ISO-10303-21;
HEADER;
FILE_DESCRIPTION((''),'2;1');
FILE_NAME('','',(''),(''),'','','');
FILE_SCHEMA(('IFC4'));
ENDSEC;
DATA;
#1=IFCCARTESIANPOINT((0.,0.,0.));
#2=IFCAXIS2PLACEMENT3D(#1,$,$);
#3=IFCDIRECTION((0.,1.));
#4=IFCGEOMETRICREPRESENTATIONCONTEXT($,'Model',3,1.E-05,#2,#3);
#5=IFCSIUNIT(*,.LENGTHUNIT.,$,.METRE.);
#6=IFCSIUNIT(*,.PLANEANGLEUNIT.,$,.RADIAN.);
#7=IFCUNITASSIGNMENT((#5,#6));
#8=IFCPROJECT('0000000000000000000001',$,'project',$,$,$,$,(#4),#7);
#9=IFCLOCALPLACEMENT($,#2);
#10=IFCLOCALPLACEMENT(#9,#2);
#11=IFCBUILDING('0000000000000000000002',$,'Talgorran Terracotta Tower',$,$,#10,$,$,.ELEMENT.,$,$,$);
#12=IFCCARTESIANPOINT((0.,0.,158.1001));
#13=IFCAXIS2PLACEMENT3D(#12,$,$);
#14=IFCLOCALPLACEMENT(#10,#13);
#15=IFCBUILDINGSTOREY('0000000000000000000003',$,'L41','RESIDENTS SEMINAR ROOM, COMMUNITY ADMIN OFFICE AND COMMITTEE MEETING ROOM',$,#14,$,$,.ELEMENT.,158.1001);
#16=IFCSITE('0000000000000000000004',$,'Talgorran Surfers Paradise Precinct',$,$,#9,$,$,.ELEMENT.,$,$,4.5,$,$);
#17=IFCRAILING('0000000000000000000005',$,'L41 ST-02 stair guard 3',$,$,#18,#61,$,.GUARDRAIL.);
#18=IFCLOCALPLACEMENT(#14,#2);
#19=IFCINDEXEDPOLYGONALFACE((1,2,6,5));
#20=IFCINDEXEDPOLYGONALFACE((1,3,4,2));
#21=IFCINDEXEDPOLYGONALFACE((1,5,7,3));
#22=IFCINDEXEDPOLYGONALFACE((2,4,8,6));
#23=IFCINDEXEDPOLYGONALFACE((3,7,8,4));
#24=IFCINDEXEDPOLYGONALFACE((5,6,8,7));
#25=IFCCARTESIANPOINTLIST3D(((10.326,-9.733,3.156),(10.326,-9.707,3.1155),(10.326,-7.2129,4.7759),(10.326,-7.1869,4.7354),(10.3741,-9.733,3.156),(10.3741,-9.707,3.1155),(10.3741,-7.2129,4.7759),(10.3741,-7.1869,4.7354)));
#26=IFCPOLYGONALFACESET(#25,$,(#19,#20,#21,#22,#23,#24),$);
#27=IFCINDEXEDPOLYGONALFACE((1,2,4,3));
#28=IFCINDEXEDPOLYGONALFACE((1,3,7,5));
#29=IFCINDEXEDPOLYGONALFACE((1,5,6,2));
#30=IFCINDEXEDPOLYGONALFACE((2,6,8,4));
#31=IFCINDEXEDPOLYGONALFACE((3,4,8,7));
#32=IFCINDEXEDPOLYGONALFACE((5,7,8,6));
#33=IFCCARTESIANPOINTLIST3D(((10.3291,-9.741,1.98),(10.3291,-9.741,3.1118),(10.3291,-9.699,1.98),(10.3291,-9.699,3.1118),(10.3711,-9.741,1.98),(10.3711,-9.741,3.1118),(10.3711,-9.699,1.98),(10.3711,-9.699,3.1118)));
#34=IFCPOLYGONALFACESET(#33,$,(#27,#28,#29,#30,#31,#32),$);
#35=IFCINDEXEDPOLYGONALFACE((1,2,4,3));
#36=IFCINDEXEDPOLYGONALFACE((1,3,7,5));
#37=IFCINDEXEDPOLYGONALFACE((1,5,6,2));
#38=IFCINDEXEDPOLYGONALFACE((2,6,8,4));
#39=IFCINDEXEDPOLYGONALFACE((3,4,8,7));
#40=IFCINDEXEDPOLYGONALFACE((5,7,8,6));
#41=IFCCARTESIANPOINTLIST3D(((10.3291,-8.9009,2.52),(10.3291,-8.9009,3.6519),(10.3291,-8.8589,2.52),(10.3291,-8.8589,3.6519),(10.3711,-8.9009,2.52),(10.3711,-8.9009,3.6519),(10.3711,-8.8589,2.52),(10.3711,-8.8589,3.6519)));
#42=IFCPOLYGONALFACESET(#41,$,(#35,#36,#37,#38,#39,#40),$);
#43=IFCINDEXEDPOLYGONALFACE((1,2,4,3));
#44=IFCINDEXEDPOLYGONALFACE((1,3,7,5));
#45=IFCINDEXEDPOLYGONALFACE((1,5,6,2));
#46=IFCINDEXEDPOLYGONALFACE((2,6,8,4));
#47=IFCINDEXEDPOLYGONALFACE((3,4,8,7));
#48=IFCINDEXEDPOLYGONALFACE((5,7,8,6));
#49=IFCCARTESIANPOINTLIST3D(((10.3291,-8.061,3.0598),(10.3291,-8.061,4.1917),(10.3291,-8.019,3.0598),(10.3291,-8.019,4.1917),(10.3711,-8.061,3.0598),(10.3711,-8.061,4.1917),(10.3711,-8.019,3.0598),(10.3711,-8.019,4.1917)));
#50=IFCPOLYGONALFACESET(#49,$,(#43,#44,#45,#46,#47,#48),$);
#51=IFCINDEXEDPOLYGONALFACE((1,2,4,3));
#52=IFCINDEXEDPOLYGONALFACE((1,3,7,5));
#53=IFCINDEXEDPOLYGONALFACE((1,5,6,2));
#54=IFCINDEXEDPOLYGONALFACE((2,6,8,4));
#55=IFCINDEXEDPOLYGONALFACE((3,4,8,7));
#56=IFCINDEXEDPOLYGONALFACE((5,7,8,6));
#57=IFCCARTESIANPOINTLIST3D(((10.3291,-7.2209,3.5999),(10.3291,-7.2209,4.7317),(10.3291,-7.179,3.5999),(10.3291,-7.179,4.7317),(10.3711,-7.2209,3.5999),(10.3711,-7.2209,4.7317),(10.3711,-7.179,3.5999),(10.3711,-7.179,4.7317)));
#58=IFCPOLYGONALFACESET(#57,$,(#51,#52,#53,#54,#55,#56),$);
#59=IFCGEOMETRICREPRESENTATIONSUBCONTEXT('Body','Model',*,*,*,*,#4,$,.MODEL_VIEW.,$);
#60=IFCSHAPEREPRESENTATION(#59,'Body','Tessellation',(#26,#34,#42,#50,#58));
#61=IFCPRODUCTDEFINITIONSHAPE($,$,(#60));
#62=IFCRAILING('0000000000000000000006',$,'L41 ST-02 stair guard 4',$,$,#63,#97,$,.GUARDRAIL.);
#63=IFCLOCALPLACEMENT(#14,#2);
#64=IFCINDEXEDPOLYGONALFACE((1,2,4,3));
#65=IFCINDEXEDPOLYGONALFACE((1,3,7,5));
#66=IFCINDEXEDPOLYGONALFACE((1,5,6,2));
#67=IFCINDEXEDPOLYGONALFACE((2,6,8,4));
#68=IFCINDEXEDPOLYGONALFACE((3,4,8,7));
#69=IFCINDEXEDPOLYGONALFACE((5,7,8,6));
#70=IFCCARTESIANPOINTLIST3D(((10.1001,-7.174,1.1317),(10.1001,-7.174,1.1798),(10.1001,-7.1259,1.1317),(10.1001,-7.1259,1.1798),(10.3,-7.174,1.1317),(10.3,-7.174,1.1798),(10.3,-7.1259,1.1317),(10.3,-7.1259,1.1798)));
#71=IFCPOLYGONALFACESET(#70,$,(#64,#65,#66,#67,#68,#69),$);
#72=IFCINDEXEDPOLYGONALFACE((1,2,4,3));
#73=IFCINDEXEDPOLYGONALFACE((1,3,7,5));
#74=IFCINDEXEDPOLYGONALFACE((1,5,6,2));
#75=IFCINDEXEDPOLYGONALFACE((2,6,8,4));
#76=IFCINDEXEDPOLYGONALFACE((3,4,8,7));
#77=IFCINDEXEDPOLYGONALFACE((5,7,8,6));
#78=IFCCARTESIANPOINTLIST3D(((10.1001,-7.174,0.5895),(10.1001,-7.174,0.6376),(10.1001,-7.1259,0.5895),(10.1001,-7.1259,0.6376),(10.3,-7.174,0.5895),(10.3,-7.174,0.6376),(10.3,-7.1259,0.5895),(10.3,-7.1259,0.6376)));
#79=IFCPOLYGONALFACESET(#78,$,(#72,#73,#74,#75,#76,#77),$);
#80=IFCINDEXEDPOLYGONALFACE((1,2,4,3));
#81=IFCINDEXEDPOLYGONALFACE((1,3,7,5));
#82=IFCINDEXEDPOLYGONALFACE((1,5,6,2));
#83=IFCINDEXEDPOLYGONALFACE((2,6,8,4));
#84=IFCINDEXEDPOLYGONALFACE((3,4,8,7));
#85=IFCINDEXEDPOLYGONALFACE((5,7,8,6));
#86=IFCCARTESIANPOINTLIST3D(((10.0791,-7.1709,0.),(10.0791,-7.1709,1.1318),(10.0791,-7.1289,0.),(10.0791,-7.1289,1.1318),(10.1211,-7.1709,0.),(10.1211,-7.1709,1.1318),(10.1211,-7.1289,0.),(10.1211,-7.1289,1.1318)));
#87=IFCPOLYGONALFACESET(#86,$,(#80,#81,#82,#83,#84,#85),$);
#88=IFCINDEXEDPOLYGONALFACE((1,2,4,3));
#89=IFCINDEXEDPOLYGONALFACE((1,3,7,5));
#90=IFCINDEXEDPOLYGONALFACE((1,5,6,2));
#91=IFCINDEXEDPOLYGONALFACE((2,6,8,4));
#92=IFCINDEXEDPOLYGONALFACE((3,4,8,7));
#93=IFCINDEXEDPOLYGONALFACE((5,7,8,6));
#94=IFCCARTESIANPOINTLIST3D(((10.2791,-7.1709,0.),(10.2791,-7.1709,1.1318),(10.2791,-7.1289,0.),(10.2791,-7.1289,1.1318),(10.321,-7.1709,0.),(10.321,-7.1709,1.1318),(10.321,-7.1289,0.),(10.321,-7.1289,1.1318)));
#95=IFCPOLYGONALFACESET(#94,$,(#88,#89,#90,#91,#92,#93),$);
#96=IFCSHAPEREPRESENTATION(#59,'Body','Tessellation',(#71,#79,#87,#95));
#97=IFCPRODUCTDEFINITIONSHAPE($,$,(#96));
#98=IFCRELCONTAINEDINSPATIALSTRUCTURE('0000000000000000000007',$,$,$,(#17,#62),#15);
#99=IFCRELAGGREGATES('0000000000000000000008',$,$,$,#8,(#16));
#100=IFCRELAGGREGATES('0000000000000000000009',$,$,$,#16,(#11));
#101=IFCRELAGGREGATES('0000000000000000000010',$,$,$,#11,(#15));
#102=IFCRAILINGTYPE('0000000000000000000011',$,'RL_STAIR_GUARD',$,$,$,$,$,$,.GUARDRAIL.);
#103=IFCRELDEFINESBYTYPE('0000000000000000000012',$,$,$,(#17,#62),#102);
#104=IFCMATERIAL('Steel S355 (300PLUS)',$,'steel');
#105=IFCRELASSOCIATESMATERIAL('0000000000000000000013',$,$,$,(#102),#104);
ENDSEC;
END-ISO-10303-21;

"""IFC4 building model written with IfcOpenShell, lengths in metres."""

from ifc_helpers import new_model, si_unit, direction, frame, origin, origin_2d, place, context, subcontext, project, spatial, rectangle, extrude, material, type_object, element, save


model = new_model("IFC4")

# Units and contexts
model_context = context("Model", 3, precision=1e-05, world=origin(), true_north=direction((0.0, 1.0)))
body_context = subcontext(model_context, "Body", "Model", "MODEL_VIEW")
ifc_project = project(units=[si_unit("LENGTHUNIT", "METRE"), si_unit("PLANEANGLEUNIT", "RADIAN")], contexts=[model_context])

# Site, building, storey
site_placement = place(None, origin())
site = spatial("IfcSite", under=ifc_project, at=site_placement, Name="Talgorran Surfers Paradise Precinct", CompositionType="ELEMENT", RefElevation=4.5)
building_placement = place(site_placement, origin())
building = spatial("IfcBuilding", under=site, at=building_placement, Name="Talgorran Terracotta Tower", CompositionType="ELEMENT")
storey_placement = place(building_placement, frame((0.0, 0.0, 158.1001)))
storey = spatial("IfcBuildingStorey", under=building, at=storey_placement, Name="L41", Description="RESIDENTS SEMINAR ROOM, COMMUNITY ADMIN OFFICE AND COMMITTEE MEETING ROOM", CompositionType="ELEMENT", Elevation=158.1001)

# Shared definitions
ifc_material_1 = material(Name="Steel S355 (300PLUS)", Category="steel")

# Railings
railing_type_1 = type_object("IfcRailingType", Name="RL_STAIR_GUARD", PredefinedType="GUARDRAIL", material=ifc_material_1)
railing_1_placement = place(storey_placement, frame((10.3501, -9.72, 1.98)))
element("IfcRailing", 1, at=railing_1_placement, inside=storey, type_object=railing_type_1, Name="L41 ST-02 stair guard 3", PredefinedType="GUARDRAIL", context=body_context, shape_type="SweptSolid", body=[
    extrude(rectangle(XDim=0.0481, YDim=0.0481, at=origin_2d()), frame((0.0, 0.0, 1.1558), z_axis=(0.0, 0.8412, 0.540725), x_axis=(-1.0, 0.0, 0.0)), (0.0, 0.0, 1.0), 2.9958),
    extrude(rectangle(XDim=0.042, YDim=0.042, at=origin_2d()), origin(), (0.0, 0.0, 1.0), 1.1318),
    extrude(rectangle(XDim=0.042, YDim=0.042, at=origin_2d()), frame((0.0, 0.8401, 0.54)), (0.0, 0.0, 1.0), 1.1318),
    extrude(rectangle(XDim=0.042, YDim=0.042, at=origin_2d()), frame((0.0, 1.6799, 1.0798)), (0.0, 0.0, 1.0), 1.1318),
    extrude(rectangle(XDim=0.042, YDim=0.042, at=origin_2d()), frame((0.0, 2.52, 1.6199)), (0.0, 0.0, 1.0), 1.1318),
])
railing_2_placement = place(storey_placement, frame((10.1001, -7.1499, 0.0)))
element("IfcRailing", 2, at=railing_2_placement, inside=storey, type_object=railing_type_1, Name="L41 ST-02 stair guard 4", PredefinedType="GUARDRAIL", context=body_context, shape_type="SweptSolid", body=[
    extrude(rectangle(XDim=0.0481, YDim=0.0481, at=origin_2d()), frame((0.0, 0.0, 1.1558), z_axis=(1.0, 0.0, 0.0), x_axis=(0.0, 1.0, 0.0)), (0.0, 0.0, 1.0), 0.2),
    extrude(rectangle(XDim=0.0481, YDim=0.0481, at=origin_2d()), frame((0.0, 0.0, 0.6135), z_axis=(1.0, 0.0, 0.0), x_axis=(0.0, 1.0, 0.0)), (0.0, 0.0, 1.0), 0.2),
    extrude(rectangle(XDim=0.042, YDim=0.042, at=origin_2d()), origin(), (0.0, 0.0, 1.0), 1.1318),
    extrude(rectangle(XDim=0.042, YDim=0.042, at=origin_2d()), frame((0.2, 0.0, 0.0)), (0.0, 0.0, 1.0), 1.1318),
])

save(model, "model.ifc")
